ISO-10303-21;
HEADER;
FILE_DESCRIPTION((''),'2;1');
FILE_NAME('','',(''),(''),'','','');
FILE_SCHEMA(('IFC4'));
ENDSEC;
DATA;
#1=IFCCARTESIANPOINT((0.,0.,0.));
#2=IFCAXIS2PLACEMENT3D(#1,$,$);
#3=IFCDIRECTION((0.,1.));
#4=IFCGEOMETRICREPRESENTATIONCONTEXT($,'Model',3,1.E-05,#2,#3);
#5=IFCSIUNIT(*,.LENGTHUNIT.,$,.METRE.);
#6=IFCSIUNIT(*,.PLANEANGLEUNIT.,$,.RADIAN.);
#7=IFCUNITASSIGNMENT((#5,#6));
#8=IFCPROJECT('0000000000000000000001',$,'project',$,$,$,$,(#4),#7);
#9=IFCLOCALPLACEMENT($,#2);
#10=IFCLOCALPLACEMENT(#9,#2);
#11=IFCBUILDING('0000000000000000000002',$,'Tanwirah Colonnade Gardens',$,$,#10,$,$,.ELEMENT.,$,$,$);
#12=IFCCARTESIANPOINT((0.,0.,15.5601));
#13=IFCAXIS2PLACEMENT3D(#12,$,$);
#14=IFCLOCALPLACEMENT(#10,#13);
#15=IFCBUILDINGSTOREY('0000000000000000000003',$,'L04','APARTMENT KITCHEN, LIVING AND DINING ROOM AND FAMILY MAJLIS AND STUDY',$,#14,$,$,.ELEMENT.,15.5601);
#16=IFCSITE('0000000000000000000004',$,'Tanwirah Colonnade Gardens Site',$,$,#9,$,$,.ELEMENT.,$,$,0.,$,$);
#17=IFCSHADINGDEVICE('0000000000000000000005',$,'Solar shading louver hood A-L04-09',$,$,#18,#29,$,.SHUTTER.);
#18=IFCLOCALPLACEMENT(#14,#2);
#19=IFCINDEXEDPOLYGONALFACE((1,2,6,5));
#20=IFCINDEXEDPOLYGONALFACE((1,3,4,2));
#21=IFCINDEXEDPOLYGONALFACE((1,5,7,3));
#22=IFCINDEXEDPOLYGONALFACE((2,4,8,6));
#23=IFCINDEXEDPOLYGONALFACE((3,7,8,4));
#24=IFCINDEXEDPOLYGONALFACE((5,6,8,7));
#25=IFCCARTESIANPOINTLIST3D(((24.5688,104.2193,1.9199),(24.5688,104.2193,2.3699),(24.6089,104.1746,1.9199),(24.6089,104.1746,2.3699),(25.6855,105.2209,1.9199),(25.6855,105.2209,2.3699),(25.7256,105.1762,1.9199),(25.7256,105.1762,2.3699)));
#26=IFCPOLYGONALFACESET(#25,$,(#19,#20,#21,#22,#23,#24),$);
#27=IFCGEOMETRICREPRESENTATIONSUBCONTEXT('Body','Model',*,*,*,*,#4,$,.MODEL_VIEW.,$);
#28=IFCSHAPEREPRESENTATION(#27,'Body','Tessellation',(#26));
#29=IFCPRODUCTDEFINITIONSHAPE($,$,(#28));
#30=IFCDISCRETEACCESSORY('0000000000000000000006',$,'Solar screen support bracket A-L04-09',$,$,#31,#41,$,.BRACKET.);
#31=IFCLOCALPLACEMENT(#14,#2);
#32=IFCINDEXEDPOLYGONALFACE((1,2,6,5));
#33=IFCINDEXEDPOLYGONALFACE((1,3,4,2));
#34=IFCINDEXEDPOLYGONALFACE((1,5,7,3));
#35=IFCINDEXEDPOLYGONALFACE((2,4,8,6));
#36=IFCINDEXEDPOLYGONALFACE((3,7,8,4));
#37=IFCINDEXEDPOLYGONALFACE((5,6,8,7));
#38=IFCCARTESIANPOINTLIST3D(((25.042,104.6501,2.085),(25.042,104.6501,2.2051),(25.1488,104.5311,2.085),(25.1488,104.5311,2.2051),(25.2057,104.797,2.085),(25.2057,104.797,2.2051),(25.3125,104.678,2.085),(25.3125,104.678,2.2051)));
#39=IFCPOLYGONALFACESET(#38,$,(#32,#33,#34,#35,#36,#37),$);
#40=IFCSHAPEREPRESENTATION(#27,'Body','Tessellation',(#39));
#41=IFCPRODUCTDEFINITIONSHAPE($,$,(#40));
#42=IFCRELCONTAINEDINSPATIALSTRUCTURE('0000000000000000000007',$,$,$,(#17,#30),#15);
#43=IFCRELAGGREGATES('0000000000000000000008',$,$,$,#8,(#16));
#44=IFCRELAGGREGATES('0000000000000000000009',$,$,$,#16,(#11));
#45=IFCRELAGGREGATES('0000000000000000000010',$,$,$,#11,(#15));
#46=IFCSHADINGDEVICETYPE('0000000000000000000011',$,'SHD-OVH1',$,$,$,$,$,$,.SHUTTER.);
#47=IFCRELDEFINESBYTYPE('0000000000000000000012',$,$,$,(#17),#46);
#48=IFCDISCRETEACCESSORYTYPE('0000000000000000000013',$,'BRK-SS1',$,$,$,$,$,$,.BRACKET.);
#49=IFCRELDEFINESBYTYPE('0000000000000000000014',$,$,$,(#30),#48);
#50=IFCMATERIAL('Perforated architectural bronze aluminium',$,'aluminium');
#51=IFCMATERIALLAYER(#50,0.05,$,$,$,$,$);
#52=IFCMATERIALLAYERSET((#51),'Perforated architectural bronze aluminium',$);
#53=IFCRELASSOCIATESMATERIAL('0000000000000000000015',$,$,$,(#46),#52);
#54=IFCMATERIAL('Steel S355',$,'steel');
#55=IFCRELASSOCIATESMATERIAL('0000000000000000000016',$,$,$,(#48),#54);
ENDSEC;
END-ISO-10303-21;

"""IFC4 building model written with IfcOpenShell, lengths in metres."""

from ifc_helpers import new_model, si_unit, direction, frame, origin, origin_2d, place, context, subcontext, project, spatial, rectangle, extrude, material, layer, layer_set, type_object, element, save


model = new_model("IFC4")

# Units and contexts
model_context = context("Model", 3, precision=1e-05, world=origin(), true_north=direction((0.0, 1.0)))
body_context = subcontext(model_context, "Body", "Model", "MODEL_VIEW")
ifc_project = project(units=[si_unit("LENGTHUNIT", "METRE"), si_unit("PLANEANGLEUNIT", "RADIAN")], contexts=[model_context])

# Site, building, storey
site_placement = place(None, origin())
site = spatial("IfcSite", under=ifc_project, at=site_placement, Name="Tanwirah Colonnade Gardens Site", CompositionType="ELEMENT", RefElevation=0.0)
building_placement = place(site_placement, origin())
building = spatial("IfcBuilding", under=site, at=building_placement, Name="Tanwirah Colonnade Gardens", CompositionType="ELEMENT")
storey_placement = place(building_placement, frame((0.0, 0.0, 15.5601)))
storey = spatial("IfcBuildingStorey", under=building, at=storey_placement, Name="L04", Description="APARTMENT KITCHEN, LIVING AND DINING ROOM AND FAMILY MAJLIS AND STUDY", CompositionType="ELEMENT", Elevation=15.5601)

# Shading device
ifc_material_1 = material(Name="Perforated architectural bronze aluminium", Category="aluminium")
ifc_layer_1 = layer(ifc_material_1, 0.05)
ifc_layer_set_1 = layer_set([ifc_layer_1], Name="Perforated architectural bronze aluminium")
shading_device_type = type_object("IfcShadingDeviceType", Name="SHD-OVH1", PredefinedType="SHUTTER", material=ifc_layer_set_1)
shading_device_placement = place(storey_placement, frame((25.1472, 104.6978, 1.9199), z_axis=(0.0, 0.0, 1.0), x_axis=(-0.744443, -0.667686, 0.0)))
element("IfcShadingDevice", 1, at=shading_device_placement, inside=storey, type_object=shading_device_type, Name="Solar shading louver hood A-L04-09", PredefinedType="SHUTTER", context=body_context, shape_type="SweptSolid", body=[
    extrude(rectangle(XDim=1.5, YDim=0.0601, at=origin_2d()), origin(), (0.0, 0.0, 1.0), 0.45),
])

# Discrete accessory
ifc_material_2 = material(Name="Steel S355", Category="steel")
discrete_accessory_type = type_object("IfcDiscreteAccessoryType", Name="BRK-SS1", PredefinedType="BRACKET", material=ifc_material_2)
discrete_accessory_placement = place(storey_placement, frame((25.1772, 104.6641, 2.085), z_axis=(0.0, 0.0, 1.0), x_axis=(-0.744443, -0.667686, 0.0)))
element("IfcDiscreteAccessory", 2, at=discrete_accessory_placement, inside=storey, type_object=discrete_accessory_type, Name="Solar screen support bracket A-L04-09", PredefinedType="BRACKET", context=body_context, shape_type="SweptSolid", body=[
    extrude(rectangle(XDim=0.22, YDim=0.1599, at=origin_2d()), origin(), (0.0, 0.0, 1.0), 0.1201),
])

save(model, "model.ifc")
